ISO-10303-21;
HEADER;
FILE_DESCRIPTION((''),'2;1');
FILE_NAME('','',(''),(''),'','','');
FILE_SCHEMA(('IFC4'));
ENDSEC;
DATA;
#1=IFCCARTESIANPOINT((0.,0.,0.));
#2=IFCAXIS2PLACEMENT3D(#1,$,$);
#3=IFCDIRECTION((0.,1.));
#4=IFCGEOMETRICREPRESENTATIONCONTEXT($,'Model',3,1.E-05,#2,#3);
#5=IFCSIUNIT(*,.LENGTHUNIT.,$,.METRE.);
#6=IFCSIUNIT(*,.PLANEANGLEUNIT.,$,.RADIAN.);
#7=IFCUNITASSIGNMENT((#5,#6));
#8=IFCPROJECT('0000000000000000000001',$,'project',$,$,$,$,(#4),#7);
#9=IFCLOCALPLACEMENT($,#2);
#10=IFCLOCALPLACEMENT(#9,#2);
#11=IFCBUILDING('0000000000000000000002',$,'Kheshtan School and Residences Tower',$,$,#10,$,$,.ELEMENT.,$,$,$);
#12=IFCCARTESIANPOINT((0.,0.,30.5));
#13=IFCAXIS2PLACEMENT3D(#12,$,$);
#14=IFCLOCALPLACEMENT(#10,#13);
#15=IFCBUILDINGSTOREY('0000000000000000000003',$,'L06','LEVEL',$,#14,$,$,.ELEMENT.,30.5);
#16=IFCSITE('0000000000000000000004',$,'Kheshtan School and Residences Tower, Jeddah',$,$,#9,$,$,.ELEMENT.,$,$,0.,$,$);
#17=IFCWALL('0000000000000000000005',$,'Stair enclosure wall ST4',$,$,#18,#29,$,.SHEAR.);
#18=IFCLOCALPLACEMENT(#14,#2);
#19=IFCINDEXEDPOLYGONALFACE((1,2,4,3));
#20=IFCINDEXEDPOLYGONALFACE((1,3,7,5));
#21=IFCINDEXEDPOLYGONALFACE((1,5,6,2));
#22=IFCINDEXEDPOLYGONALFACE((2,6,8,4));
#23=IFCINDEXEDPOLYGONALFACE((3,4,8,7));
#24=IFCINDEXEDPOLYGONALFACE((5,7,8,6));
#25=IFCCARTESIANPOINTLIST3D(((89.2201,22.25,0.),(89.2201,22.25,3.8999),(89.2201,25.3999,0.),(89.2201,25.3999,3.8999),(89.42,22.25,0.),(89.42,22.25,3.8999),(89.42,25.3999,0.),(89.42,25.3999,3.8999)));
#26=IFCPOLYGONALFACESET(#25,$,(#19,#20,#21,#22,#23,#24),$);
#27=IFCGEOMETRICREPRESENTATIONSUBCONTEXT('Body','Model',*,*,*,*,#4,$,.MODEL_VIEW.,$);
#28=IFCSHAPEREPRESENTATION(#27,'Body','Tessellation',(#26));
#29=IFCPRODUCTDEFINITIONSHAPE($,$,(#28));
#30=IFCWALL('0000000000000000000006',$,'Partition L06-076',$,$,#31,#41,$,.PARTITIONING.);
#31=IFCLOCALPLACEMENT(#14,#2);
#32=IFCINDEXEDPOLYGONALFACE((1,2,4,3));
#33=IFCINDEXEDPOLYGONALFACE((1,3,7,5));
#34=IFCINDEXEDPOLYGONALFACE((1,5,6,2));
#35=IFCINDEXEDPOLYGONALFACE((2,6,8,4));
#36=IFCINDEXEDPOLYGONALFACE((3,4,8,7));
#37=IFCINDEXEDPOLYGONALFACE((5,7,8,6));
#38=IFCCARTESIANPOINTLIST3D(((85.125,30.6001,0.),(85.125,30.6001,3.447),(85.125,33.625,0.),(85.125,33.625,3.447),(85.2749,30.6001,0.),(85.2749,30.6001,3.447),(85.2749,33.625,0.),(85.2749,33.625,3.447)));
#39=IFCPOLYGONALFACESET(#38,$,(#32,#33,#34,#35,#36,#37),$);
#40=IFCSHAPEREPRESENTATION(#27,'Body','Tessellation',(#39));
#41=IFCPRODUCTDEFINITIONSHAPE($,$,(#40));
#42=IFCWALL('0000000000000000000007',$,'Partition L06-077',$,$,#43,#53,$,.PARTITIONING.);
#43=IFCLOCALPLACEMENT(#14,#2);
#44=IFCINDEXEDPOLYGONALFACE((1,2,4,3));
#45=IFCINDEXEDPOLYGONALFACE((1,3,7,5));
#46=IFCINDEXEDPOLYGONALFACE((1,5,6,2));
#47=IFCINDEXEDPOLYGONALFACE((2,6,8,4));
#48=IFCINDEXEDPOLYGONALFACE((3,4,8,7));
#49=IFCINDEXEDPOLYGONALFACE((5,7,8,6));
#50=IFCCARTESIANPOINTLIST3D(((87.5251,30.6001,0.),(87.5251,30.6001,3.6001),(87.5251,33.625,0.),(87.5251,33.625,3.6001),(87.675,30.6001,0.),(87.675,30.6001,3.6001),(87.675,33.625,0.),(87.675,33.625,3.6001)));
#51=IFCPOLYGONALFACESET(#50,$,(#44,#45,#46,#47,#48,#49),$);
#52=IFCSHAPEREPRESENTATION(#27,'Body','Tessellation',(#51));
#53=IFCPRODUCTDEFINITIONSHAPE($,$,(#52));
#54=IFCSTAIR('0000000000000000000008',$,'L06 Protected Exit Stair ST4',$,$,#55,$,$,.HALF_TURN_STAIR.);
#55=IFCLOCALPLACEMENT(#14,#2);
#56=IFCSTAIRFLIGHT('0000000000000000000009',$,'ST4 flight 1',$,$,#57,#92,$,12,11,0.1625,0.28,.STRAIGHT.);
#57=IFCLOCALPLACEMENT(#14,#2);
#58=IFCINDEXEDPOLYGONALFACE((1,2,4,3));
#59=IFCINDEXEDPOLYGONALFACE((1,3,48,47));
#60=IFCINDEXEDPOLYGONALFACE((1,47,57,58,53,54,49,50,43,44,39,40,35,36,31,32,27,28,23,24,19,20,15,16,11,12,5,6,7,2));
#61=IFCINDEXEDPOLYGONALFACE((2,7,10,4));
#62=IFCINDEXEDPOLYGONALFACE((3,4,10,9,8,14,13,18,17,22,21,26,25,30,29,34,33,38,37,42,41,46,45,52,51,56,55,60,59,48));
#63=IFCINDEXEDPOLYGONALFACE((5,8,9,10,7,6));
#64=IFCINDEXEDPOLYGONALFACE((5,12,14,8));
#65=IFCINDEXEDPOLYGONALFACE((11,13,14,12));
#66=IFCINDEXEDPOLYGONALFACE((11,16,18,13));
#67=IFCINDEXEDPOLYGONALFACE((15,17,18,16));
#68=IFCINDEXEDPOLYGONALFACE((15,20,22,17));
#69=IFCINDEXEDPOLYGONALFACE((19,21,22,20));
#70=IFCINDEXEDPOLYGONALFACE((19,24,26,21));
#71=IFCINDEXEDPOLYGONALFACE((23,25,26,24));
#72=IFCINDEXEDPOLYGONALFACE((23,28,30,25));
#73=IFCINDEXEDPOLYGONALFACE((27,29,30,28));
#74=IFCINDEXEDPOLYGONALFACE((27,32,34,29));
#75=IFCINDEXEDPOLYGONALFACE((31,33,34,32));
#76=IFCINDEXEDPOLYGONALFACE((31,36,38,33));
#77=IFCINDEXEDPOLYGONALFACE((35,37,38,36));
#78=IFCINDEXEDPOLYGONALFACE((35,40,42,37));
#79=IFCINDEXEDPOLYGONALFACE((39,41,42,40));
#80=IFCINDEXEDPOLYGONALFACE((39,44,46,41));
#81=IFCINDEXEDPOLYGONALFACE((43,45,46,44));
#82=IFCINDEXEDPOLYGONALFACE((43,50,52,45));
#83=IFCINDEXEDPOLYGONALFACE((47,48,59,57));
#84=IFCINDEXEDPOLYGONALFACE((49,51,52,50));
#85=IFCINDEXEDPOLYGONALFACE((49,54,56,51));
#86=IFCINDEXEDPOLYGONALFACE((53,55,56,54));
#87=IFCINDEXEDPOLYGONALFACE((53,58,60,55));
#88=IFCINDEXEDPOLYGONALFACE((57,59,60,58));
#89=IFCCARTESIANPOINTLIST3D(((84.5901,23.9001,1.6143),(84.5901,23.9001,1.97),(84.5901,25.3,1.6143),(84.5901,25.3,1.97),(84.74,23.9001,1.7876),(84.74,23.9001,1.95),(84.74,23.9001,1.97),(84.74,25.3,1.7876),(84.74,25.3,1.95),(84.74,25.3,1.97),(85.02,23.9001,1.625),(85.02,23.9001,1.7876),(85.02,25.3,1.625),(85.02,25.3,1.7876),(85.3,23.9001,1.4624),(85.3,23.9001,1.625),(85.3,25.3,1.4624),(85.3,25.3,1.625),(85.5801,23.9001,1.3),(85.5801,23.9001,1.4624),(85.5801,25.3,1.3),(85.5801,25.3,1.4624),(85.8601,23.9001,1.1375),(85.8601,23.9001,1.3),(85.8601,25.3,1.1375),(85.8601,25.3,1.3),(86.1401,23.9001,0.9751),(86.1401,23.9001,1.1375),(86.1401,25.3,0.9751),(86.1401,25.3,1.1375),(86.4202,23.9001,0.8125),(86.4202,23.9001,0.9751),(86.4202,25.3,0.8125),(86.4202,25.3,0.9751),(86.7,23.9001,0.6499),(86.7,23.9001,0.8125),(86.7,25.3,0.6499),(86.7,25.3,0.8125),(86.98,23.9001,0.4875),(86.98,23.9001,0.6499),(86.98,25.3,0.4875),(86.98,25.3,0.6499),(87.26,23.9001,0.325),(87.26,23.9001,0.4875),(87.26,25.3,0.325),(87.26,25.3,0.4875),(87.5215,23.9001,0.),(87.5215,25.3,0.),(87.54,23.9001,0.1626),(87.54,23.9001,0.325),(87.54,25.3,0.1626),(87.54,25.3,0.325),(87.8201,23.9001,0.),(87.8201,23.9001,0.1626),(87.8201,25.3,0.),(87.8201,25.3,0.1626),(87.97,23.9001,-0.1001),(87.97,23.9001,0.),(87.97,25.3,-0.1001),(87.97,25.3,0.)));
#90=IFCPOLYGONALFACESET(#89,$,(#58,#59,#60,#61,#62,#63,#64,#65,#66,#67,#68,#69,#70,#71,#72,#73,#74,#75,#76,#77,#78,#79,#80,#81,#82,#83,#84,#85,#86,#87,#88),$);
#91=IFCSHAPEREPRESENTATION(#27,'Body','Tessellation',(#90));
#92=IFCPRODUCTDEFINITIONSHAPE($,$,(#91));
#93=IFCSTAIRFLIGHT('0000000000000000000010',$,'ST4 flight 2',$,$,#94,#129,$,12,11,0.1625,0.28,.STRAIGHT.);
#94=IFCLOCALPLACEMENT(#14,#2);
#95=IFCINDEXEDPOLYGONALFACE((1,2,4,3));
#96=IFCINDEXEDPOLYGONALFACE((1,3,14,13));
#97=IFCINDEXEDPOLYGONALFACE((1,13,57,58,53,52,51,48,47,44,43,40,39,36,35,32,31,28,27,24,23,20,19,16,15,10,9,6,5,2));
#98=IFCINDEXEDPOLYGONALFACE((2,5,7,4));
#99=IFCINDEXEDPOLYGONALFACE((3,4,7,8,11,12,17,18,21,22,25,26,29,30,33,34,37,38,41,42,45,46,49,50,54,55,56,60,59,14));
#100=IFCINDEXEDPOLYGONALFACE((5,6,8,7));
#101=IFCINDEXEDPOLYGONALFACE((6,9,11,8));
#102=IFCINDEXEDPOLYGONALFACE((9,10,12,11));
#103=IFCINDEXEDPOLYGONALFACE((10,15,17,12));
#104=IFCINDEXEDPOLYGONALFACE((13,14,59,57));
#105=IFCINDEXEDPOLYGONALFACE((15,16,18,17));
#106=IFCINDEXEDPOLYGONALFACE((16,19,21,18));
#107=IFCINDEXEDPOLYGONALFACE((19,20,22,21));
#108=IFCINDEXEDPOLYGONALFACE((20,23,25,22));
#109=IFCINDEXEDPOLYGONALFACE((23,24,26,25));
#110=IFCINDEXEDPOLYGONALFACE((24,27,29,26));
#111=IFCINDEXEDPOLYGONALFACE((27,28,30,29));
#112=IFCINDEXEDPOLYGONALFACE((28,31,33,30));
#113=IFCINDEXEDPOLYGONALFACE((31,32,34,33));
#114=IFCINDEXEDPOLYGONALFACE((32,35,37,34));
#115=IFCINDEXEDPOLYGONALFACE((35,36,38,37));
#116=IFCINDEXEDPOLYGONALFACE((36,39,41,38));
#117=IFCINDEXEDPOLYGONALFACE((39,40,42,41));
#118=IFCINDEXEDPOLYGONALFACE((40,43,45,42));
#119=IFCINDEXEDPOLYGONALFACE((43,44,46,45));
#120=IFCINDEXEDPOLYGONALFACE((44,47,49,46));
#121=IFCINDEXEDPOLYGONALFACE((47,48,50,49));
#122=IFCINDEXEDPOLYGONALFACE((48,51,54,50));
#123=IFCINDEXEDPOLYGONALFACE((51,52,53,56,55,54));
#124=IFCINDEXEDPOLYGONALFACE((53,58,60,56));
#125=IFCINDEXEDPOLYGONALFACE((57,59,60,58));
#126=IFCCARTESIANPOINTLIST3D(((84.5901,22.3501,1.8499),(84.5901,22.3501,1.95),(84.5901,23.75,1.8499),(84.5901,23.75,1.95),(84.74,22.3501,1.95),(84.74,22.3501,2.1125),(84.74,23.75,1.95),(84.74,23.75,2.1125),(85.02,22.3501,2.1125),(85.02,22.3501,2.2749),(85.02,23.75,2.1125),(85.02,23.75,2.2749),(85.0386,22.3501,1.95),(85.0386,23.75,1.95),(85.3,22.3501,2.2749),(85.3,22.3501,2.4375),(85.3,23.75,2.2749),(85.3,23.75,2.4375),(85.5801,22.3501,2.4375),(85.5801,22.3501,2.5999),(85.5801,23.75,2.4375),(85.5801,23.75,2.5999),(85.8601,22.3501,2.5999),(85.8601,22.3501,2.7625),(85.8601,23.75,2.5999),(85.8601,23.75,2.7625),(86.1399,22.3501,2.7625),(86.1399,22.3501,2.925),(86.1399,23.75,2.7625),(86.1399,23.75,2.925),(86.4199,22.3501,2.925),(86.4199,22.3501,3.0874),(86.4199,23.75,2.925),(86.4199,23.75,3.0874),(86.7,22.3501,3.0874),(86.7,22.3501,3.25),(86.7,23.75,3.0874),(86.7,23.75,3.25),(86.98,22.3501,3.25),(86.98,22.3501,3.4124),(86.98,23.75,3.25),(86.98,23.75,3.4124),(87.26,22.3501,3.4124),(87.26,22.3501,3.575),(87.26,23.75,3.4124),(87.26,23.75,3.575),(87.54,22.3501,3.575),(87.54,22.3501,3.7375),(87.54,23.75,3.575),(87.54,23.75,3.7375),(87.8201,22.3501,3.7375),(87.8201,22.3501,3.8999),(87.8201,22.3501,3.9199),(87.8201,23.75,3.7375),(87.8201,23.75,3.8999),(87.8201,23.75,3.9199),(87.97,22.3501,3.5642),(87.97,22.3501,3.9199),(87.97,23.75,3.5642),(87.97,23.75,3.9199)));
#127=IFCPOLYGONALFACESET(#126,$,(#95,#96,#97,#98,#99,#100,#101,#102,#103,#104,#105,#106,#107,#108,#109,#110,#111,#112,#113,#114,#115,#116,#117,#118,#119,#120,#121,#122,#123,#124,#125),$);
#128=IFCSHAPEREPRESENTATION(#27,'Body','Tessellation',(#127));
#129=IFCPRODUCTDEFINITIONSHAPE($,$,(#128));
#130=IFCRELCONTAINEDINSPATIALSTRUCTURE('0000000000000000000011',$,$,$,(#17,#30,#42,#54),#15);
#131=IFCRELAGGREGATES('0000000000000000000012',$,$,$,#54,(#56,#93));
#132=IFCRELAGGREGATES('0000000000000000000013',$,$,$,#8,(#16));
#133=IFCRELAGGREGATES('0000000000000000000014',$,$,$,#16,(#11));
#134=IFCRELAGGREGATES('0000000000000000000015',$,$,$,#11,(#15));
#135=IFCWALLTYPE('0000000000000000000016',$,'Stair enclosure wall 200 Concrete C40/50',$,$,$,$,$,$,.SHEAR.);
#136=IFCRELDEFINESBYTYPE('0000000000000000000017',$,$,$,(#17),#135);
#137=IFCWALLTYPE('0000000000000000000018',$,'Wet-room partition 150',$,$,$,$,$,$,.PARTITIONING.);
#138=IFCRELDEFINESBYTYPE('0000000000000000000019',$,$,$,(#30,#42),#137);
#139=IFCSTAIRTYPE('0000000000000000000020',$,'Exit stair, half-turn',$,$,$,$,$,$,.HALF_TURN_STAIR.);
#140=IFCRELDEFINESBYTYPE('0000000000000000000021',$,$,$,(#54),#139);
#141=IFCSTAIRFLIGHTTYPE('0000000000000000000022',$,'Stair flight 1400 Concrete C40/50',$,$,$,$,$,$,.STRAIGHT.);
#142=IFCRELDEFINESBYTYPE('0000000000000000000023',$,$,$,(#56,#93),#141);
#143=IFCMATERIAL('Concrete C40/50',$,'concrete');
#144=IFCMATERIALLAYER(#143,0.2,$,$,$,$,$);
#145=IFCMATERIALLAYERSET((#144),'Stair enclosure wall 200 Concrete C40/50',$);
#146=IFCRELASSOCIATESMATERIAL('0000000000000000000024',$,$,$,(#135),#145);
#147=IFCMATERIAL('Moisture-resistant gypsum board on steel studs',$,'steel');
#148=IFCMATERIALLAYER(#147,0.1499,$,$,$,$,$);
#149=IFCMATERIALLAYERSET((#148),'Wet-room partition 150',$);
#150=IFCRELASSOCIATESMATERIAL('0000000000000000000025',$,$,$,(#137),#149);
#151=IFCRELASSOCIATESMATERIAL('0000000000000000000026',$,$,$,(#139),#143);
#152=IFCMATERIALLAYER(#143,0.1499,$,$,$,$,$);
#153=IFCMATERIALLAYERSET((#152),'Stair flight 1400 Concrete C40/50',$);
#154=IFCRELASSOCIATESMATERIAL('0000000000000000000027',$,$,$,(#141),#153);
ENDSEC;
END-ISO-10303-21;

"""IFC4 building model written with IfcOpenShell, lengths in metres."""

from ifc_helpers import new_model, si_unit, direction, frame, frame_2d, origin, place, context, subcontext, project, spatial, polyline, rectangle, outline, extrude, material, layer, layer_set, type_object, element, aggregate, save


model = new_model("IFC4")

# Units and contexts
model_context = context("Model", 3, precision=1e-05, world=origin(), true_north=direction((0.0, 1.0)))
body_context = subcontext(model_context, "Body", "Model", "MODEL_VIEW")
ifc_project = project(units=[si_unit("LENGTHUNIT", "METRE"), si_unit("PLANEANGLEUNIT", "RADIAN")], contexts=[model_context])

# Site, building, storey
site_placement = place(None, origin())
site = spatial("IfcSite", under=ifc_project, at=site_placement, Name="Kheshtan School and Residences Tower, Jeddah", CompositionType="ELEMENT", RefElevation=0.0)
building_placement = place(site_placement, origin())
building = spatial("IfcBuilding", under=site, at=building_placement, Name="Kheshtan School and Residences Tower", CompositionType="ELEMENT")
storey_placement = place(building_placement, frame((0.0, 0.0, 30.5)))
storey = spatial("IfcBuildingStorey", under=building, at=storey_placement, Name="L06", Description="LEVEL", CompositionType="ELEMENT", Elevation=30.5)

# Shared definitions
ifc_material_1 = material(Name="Concrete C40/50", Category="concrete")
ifc_layer_1 = layer(ifc_material_1, 0.2)
ifc_layer_set_1 = layer_set([ifc_layer_1], Name="Stair enclosure wall 200 Concrete C40/50")
wall_type_1 = type_object("IfcWallType", Name="Stair enclosure wall 200 Concrete C40/50", PredefinedType="SHEAR", material=ifc_layer_set_1)

# Walls
for number, where, z_axis, x_axis, name in (
    (1, (89.3201, 22.25, 0.0), (0.0, 0.0, 1.0), (0.0, 1.0, 0.0), "Stair enclosure wall ST4"),
):
    element("IfcWall", number, at=place(storey_placement, frame(where, z_axis=z_axis, x_axis=x_axis)), inside=storey, type_object=wall_type_1, Name=name, PredefinedType="SHEAR", context=body_context, shape_type="SweptSolid", body=[
        extrude(rectangle(XDim=3.1499, YDim=0.2, at=frame_2d((1.575, 0.0))), origin(), (0.0, 0.0, 1.0), 3.8999),
    ])
ifc_material_2 = material(Name="Moisture-resistant gypsum board on steel studs", Category="steel")
ifc_layer_2 = layer(ifc_material_2, 0.1499)
ifc_layer_set_2 = layer_set([ifc_layer_2], Name="Wet-room partition 150")
wall_type_2 = type_object("IfcWallType", Name="Wet-room partition 150", PredefinedType="PARTITIONING", material=ifc_layer_set_2)
wall_1_placement = place(storey_placement, frame((85.2, 30.6001, 0.0), z_axis=(0.0, 0.0, 1.0), x_axis=(0.0, 1.0, 0.0)))
element("IfcWall", 2, at=wall_1_placement, inside=storey, type_object=wall_type_2, Name="Partition L06-076", PredefinedType="PARTITIONING", context=body_context, shape_type="SweptSolid", body=[
    extrude(rectangle(XDim=3.0249, YDim=0.1499, at=frame_2d((1.5125, 0.0))), origin(), (0.0, 0.0, 1.0), 3.447),
])
wall_2_placement = place(storey_placement, frame((87.6001, 30.6001, 0.0), z_axis=(0.0, 0.0, 1.0), x_axis=(0.0, 1.0, 0.0)))
element("IfcWall", 3, at=wall_2_placement, inside=storey, type_object=wall_type_2, Name="Partition L06-077", PredefinedType="PARTITIONING", context=body_context, shape_type="SweptSolid", body=[
    extrude(rectangle(XDim=3.0249, YDim=0.1499, at=frame_2d((1.5125, 0.0))), origin(), (0.0, 0.0, 1.0), 3.6001),
])

# Stair, stair flights
stair_type = type_object("IfcStairType", Name="Exit stair, half-turn", PredefinedType="HALF_TURN_STAIR", material=ifc_material_1)
stair_placement = place(storey_placement, origin())
stair = element("IfcStair", 4, at=stair_placement, inside=storey, type_object=stair_type, Name="L06 Protected Exit Stair ST4", PredefinedType="HALF_TURN_STAIR")
ifc_layer_3 = layer(ifc_material_1, 0.1499)
ifc_layer_set_3 = layer_set([ifc_layer_3], Name="Stair flight 1400 Concrete C40/50")
stair_flight_type = type_object("IfcStairFlightType", Name="Stair flight 1400 Concrete C40/50", PredefinedType="STRAIGHT", material=ifc_layer_set_3)
stair_flight_1_placement = place(storey_placement, frame((87.8201, 24.6001, 0.0), z_axis=(0.0, 0.0, 1.0), x_axis=(-1.0, 0.0, 0.0)))
stair_flight_1 = element("IfcStairFlight", 5, at=stair_flight_1_placement, type_object=stair_flight_type, Name="ST4 flight 1", NumberOfRisers=12, NumberOfTreads=11, PredefinedType="STRAIGHT", RiserHeight=0.1625, TreadLength=0.28, context=body_context, shape_type="SweptSolid", body=[
    extrude(outline(polyline([(-0.1499, -0.1001), (-0.1499, 0.0), (0.0, 0.0), (0.0, 0.1626), (0.28, 0.1626), (0.28, 0.325), (0.5601, 0.325), (0.5601, 0.4875), (0.8401, 0.4875), (0.8401, 0.6499), (1.1201, 0.6499), (1.1201, 0.8125), (1.3999, 0.8125), (1.3999, 0.9751), (1.6799, 0.9751), (1.6799, 1.1375), (1.96, 1.1375), (1.96, 1.3), (2.24, 1.3), (2.24, 1.4624), (2.52, 1.4624), (2.52, 1.625), (2.8, 1.625), (2.8, 1.7876), (3.0801, 1.7876), (3.0801, 1.95), (3.0801, 1.97), (3.23, 1.97), (3.23, 1.6143), (0.2986, 0.0), (-0.1499, -0.1001)])), frame((0.0, 0.7, 0.0), z_axis=(0.0, -1.0, 0.0), x_axis=(1.0, 0.0, 0.0)), (0.0, 0.0, 1.0), 1.3999),
])
stair_flight_2_placement = place(storey_placement, frame((84.74, 23.05, 1.95), z_axis=(0.0, 0.0, 1.0), x_axis=(1.0, 0.0, 0.0)))
stair_flight_2 = element("IfcStairFlight", 6, at=stair_flight_2_placement, type_object=stair_flight_type, Name="ST4 flight 2", NumberOfRisers=12, NumberOfTreads=11, PredefinedType="STRAIGHT", RiserHeight=0.1625, TreadLength=0.28, context=body_context, shape_type="SweptSolid", body=[
    extrude(outline(polyline([(-0.1499, -0.1001), (-0.1499, 0.0), (0.0, 0.0), (0.0, 0.1626), (0.28, 0.1626), (0.28, 0.325), (0.5601, 0.325), (0.5601, 0.4875), (0.8401, 0.4875), (0.8401, 0.6499), (1.1201, 0.6499), (1.1201, 0.8125), (1.3999, 0.8125), (1.3999, 0.9751), (1.6799, 0.9751), (1.6799, 1.1375), (1.96, 1.1375), (1.96, 1.3), (2.24, 1.3), (2.24, 1.4624), (2.52, 1.4624), (2.52, 1.625), (2.8, 1.625), (2.8, 1.7876), (3.0801, 1.7876), (3.0801, 1.95), (3.0801, 1.97), (3.23, 1.97), (3.23, 1.6143), (0.2986, 0.0), (-0.1499, -0.1001)])), frame((0.0, 0.7, 0.0), z_axis=(0.0, -1.0, 0.0), x_axis=(1.0, 0.0, 0.0)), (0.0, 0.0, 1.0), 1.3999),
])
aggregate(stair, [stair_flight_1, stair_flight_2])

save(model, "model.ifc")
